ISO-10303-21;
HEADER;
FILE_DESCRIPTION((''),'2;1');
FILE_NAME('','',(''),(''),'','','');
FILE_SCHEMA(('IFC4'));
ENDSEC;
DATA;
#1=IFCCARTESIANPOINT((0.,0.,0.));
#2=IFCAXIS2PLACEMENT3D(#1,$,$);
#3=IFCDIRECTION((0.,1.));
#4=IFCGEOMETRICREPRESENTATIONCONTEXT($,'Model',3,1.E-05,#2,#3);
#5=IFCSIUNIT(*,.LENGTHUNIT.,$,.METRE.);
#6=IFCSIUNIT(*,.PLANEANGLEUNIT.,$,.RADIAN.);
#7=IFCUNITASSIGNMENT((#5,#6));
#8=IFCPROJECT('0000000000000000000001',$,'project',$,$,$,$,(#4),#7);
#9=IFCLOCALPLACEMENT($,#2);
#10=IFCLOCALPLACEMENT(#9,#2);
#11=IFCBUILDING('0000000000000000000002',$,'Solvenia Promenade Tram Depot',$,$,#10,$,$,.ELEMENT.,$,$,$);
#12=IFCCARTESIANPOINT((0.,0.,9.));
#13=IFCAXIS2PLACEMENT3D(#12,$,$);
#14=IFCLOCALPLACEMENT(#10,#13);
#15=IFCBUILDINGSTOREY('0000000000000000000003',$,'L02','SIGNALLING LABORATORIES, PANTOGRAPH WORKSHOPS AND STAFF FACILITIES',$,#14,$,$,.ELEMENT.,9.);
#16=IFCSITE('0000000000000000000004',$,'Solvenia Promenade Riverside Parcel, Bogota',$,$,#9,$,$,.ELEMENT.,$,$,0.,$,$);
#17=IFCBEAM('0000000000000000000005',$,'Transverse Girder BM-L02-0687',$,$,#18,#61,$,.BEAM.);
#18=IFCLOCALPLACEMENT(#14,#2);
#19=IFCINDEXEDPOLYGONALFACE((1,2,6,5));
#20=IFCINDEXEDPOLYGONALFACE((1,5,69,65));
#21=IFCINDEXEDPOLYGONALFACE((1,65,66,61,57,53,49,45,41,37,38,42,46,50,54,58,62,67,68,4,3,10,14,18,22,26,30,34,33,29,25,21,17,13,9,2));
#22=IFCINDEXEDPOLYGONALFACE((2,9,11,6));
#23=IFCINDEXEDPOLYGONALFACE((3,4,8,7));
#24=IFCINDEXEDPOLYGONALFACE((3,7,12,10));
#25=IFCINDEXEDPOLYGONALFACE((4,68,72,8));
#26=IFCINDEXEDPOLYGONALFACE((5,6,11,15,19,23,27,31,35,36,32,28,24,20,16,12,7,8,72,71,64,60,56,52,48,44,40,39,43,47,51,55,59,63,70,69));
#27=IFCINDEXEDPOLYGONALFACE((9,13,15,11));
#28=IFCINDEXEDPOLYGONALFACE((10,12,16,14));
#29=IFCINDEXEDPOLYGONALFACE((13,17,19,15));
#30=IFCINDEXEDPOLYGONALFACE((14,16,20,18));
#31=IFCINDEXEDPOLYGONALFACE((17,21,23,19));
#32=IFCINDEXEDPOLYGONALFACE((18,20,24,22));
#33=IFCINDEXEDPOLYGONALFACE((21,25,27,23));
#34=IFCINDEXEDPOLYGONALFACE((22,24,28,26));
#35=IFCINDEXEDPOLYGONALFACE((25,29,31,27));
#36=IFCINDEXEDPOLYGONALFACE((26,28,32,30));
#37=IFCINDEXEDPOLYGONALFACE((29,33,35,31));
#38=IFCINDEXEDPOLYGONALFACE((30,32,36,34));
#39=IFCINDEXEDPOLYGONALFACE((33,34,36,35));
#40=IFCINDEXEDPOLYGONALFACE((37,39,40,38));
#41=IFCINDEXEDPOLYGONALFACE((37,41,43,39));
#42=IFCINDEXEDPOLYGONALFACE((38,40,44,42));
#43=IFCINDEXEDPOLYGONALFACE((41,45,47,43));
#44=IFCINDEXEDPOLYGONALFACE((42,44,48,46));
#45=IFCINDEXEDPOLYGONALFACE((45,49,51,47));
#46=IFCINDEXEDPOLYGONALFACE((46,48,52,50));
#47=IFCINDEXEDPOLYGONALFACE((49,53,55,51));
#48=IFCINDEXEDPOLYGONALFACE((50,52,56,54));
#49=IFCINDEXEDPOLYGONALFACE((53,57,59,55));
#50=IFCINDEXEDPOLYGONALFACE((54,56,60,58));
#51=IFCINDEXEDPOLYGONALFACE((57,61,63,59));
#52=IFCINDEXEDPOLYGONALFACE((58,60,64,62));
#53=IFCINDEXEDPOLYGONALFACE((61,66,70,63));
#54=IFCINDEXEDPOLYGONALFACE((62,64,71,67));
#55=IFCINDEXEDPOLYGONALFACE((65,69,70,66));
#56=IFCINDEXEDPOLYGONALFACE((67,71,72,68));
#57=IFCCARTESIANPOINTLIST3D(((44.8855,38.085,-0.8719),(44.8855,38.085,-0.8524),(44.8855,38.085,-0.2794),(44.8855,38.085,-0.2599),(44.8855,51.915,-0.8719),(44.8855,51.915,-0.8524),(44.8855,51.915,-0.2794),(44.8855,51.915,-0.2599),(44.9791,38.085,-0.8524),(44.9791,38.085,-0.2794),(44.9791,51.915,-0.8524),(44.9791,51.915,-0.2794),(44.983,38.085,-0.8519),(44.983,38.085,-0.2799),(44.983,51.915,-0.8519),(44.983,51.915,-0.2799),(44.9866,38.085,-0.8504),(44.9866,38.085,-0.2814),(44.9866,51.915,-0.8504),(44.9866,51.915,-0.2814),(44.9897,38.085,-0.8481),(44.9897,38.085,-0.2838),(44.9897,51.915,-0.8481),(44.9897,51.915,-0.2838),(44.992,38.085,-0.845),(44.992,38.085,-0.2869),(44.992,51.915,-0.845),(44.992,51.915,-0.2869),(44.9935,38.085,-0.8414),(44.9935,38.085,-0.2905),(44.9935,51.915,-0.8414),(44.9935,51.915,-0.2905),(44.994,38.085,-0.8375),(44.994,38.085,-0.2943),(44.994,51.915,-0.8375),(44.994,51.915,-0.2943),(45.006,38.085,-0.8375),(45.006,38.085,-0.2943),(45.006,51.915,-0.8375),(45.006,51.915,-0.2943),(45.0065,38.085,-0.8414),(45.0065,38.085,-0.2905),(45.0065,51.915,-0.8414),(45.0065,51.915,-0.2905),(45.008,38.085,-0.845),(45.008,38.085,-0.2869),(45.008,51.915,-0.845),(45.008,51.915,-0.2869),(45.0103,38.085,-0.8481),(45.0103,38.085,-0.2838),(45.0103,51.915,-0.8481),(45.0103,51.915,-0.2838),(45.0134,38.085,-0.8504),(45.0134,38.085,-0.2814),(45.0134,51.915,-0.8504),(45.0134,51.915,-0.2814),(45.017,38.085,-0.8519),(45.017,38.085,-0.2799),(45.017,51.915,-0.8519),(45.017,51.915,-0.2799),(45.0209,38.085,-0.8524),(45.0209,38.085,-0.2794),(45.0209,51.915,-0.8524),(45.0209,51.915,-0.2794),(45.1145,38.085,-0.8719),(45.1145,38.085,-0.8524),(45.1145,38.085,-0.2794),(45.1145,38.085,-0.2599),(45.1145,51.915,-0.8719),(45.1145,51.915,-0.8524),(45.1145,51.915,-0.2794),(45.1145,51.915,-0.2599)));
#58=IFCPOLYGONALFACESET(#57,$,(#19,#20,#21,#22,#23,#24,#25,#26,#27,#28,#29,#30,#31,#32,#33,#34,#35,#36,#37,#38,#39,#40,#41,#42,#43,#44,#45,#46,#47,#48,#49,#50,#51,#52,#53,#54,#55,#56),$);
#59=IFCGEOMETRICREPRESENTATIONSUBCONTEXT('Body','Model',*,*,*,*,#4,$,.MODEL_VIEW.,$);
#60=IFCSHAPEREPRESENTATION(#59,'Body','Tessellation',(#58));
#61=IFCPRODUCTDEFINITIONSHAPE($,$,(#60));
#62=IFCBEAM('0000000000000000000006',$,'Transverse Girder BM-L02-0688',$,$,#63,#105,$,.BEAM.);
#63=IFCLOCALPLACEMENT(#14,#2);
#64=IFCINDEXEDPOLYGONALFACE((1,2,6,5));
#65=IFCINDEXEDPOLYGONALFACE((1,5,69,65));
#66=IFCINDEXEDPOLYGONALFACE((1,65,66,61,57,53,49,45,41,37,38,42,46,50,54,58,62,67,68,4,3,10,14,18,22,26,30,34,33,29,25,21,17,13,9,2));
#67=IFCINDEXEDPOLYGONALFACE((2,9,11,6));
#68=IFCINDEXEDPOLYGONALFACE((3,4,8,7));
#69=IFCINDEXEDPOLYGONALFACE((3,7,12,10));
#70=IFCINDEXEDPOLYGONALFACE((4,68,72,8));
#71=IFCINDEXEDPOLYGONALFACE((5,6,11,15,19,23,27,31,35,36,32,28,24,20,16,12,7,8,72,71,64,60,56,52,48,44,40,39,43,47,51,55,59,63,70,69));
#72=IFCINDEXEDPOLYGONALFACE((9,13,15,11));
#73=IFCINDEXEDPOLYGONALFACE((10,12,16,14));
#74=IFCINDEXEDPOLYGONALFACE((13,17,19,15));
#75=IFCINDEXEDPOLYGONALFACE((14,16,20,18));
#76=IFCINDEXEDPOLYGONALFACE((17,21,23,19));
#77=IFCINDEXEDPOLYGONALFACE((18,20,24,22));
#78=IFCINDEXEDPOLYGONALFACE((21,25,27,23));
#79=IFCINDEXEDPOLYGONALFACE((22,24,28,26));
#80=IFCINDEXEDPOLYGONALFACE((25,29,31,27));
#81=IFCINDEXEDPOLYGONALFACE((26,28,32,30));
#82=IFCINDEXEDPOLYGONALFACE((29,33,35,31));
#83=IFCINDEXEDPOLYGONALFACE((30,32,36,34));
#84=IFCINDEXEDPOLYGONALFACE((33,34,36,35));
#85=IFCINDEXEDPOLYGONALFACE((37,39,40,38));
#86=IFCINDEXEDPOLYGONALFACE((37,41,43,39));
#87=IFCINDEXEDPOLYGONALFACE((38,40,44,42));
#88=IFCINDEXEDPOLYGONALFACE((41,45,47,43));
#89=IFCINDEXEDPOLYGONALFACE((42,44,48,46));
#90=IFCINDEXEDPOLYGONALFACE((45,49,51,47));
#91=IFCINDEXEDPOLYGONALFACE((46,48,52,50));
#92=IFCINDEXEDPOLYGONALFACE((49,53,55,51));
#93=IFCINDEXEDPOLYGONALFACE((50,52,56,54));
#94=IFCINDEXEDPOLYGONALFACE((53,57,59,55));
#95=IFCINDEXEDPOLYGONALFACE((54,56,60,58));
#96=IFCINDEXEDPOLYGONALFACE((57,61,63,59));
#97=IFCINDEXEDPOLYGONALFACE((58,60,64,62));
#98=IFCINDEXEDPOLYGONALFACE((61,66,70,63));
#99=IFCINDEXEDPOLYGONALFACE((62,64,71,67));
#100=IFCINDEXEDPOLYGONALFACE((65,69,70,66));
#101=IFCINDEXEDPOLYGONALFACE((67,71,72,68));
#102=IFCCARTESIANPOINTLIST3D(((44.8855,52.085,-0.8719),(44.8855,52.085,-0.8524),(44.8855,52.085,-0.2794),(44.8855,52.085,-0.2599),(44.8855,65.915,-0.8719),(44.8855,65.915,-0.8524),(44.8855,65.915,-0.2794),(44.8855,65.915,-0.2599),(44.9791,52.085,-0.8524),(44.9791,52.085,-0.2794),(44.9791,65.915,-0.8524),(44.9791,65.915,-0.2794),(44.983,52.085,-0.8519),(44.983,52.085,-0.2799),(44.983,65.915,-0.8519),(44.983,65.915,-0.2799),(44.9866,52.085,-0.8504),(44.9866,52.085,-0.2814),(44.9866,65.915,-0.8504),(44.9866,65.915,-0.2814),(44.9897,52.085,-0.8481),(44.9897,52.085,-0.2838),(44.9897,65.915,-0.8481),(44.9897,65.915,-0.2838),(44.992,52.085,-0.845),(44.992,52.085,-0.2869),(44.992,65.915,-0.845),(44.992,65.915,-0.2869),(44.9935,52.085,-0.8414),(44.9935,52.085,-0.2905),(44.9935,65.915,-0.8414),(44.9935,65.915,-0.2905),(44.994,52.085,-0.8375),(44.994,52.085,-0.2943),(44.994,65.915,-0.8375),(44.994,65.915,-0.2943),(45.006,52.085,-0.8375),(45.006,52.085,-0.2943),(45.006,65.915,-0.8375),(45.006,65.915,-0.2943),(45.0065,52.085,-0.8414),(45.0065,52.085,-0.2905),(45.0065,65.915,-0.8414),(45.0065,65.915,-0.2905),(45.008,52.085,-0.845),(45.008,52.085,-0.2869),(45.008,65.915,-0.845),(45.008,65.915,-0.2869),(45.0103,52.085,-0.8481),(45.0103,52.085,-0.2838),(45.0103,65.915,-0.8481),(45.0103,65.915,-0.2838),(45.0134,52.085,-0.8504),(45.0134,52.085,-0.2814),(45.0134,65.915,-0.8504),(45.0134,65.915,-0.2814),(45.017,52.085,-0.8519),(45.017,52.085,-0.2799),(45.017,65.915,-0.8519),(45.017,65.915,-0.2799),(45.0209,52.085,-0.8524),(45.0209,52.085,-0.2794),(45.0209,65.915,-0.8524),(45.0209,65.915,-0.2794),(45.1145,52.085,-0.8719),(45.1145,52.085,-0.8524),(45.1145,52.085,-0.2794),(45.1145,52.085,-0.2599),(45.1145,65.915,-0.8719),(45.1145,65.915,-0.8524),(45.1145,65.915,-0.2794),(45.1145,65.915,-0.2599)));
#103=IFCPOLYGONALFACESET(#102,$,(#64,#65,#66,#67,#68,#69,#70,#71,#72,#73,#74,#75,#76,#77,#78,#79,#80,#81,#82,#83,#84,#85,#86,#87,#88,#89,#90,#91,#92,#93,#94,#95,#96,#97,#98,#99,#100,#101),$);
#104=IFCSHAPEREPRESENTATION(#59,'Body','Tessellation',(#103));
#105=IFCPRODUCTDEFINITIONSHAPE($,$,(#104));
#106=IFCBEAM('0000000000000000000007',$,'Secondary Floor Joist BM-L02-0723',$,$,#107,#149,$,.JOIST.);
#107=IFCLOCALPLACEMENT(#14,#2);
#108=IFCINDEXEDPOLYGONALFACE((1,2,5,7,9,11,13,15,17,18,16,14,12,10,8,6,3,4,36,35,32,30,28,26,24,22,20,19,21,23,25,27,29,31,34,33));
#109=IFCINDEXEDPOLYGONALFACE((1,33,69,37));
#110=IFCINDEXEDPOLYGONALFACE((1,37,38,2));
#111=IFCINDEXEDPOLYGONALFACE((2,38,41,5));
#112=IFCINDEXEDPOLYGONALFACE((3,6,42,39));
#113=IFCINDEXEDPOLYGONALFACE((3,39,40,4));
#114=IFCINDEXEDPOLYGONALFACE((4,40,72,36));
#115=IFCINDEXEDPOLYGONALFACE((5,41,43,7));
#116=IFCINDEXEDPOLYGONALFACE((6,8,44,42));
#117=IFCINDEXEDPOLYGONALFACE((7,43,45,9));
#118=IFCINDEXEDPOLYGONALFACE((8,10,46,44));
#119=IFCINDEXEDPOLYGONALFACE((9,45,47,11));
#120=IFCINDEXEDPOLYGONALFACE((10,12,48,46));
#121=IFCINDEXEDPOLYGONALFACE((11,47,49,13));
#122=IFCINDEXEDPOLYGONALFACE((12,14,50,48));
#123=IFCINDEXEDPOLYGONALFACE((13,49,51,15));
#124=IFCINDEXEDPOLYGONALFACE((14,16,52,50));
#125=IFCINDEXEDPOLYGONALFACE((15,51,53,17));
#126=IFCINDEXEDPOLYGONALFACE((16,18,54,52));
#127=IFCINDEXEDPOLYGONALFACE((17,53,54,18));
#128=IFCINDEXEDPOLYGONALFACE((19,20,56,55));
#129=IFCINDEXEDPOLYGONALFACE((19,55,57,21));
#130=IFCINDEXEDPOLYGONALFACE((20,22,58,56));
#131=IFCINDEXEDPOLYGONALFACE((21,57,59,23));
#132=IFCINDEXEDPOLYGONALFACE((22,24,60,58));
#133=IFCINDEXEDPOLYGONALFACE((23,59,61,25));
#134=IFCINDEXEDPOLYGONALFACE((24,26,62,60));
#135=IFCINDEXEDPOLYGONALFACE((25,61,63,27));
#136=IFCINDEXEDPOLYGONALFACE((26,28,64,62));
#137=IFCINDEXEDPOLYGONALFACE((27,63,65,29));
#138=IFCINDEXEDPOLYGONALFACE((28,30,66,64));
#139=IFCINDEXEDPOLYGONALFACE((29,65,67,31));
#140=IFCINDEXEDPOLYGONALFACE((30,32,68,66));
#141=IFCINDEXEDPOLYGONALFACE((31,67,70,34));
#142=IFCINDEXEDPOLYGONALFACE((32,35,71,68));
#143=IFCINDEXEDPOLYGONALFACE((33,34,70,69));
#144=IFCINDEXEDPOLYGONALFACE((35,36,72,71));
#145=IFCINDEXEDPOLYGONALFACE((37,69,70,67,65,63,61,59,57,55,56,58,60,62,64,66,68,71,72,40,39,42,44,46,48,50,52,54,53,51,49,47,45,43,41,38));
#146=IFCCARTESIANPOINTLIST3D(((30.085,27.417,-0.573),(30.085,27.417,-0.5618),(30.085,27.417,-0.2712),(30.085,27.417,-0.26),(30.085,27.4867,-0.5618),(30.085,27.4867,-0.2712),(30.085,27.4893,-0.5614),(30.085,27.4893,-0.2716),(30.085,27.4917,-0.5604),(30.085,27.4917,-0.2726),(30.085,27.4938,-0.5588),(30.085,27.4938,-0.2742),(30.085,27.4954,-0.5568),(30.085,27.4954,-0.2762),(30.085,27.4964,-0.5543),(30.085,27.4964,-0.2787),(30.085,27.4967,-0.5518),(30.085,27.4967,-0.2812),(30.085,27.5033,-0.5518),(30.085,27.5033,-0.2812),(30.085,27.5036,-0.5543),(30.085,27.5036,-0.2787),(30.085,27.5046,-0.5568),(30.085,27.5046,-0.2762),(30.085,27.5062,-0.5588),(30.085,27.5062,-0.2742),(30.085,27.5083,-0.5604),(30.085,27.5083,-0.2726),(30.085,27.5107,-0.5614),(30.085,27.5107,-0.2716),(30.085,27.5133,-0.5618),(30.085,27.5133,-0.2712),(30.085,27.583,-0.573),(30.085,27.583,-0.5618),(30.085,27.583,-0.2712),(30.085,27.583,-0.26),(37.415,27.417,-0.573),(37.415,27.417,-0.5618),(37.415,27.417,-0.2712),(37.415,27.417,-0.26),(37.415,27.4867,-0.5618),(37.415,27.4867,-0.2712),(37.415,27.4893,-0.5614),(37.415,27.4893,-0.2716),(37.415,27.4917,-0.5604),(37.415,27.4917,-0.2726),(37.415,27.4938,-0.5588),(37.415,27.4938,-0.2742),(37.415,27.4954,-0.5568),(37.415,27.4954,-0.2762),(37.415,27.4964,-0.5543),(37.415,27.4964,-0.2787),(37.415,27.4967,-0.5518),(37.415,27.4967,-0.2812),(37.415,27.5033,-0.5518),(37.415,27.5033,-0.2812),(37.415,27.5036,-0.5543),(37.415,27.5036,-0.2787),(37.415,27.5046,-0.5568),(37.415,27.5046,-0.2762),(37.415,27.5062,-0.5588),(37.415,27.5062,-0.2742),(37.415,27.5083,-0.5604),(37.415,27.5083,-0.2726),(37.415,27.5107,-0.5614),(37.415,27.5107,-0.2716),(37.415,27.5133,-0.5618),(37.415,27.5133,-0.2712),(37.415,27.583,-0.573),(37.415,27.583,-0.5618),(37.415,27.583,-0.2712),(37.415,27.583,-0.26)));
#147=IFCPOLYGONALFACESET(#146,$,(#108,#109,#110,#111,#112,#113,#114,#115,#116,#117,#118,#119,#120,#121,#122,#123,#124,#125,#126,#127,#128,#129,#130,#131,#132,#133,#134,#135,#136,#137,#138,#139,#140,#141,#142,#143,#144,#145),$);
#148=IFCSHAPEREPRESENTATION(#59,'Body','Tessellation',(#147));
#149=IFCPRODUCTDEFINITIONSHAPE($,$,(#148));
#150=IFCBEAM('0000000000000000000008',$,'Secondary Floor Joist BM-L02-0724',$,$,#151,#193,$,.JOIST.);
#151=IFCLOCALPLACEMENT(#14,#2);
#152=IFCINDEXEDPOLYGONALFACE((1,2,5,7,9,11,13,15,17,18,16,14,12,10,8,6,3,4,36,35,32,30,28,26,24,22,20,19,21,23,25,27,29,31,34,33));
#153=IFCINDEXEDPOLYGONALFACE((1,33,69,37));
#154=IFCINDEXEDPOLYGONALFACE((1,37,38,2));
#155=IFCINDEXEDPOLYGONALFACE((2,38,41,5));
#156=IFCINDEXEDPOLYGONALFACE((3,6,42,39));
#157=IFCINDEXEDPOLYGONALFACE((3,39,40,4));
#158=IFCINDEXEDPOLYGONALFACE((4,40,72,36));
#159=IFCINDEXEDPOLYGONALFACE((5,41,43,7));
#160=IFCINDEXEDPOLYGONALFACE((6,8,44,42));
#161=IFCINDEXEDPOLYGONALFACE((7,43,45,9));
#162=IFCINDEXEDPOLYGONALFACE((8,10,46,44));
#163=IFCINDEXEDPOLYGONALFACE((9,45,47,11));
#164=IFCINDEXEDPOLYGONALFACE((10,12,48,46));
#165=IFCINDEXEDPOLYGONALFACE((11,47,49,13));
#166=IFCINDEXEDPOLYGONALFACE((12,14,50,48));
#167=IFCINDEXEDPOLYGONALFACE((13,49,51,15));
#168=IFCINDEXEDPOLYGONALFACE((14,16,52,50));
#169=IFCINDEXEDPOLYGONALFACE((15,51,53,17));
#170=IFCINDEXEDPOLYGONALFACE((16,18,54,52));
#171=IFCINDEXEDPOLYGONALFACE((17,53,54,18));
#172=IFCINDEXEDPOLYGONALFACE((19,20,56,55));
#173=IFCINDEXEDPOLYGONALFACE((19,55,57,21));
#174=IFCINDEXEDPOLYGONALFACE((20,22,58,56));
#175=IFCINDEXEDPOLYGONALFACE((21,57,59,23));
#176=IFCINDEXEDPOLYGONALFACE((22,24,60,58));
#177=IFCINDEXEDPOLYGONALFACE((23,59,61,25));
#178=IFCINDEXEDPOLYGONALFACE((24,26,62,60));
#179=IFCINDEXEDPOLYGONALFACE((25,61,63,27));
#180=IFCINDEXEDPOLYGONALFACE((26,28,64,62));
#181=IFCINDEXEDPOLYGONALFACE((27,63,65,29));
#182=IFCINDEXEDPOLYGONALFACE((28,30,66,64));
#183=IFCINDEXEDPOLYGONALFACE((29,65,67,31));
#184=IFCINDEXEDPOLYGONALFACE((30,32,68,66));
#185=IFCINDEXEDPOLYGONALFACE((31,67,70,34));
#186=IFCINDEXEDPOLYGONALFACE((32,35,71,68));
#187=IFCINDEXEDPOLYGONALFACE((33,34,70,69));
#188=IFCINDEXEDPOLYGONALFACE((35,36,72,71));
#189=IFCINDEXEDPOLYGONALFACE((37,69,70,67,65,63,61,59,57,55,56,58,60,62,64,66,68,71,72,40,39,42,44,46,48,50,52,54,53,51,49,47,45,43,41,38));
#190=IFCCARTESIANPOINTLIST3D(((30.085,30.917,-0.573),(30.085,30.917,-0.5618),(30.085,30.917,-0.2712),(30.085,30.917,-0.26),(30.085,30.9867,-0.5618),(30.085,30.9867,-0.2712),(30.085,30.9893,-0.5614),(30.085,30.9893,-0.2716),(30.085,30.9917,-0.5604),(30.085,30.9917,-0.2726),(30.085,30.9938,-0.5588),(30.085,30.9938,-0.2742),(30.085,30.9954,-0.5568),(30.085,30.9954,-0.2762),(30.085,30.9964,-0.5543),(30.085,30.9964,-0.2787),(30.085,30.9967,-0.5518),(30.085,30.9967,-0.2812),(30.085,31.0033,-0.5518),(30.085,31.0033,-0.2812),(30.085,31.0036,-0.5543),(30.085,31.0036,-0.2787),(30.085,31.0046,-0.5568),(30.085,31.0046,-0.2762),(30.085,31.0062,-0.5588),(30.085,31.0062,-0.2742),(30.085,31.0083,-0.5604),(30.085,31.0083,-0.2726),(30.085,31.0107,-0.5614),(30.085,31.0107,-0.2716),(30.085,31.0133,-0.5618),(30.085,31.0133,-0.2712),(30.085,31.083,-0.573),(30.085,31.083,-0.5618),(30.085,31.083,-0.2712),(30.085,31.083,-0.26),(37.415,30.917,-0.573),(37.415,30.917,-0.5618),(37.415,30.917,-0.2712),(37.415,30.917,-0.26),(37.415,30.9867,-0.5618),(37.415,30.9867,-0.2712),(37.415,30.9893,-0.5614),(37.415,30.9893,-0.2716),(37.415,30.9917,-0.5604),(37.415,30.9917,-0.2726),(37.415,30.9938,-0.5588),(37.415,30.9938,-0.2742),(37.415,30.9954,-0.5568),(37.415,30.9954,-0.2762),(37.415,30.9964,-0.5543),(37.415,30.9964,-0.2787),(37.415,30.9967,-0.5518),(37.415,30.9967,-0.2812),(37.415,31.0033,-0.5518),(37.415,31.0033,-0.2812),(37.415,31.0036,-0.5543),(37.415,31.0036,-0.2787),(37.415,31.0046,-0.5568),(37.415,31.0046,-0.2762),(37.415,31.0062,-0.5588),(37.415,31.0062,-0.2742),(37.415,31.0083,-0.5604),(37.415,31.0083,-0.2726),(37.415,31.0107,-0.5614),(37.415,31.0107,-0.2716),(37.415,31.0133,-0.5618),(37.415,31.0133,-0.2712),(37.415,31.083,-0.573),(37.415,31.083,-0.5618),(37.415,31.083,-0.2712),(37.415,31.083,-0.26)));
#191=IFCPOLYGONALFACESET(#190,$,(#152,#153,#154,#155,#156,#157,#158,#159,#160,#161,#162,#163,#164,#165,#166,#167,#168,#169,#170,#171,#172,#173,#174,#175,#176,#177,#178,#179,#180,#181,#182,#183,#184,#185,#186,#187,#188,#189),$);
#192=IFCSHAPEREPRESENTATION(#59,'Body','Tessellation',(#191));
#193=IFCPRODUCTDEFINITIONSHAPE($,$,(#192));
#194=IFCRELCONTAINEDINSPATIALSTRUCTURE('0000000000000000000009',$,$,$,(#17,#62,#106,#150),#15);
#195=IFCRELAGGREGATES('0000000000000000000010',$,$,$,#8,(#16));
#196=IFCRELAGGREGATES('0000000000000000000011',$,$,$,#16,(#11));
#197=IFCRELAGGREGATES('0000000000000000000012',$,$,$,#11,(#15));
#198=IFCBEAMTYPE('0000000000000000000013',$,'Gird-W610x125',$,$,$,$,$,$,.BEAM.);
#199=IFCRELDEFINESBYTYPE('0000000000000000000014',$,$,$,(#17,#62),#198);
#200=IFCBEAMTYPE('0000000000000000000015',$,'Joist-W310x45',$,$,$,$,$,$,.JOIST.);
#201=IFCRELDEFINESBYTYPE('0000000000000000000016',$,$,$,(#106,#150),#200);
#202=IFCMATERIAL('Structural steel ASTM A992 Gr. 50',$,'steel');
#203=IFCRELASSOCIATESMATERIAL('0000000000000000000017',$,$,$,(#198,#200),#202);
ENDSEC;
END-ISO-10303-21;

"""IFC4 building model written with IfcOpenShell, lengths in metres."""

from ifc_helpers import new_model, si_unit, direction, frame, origin, origin_2d, place, context, subcontext, project, spatial, i_section, extrude, material, material_profile, profile_set, type_object, element, save


model = new_model("IFC4")

# Units and contexts
model_context = context("Model", 3, precision=1e-05, world=origin(), true_north=direction((0.0, 1.0)))
body_context = subcontext(model_context, "Body", "Model", "MODEL_VIEW")
ifc_project = project(units=[si_unit("LENGTHUNIT", "METRE"), si_unit("PLANEANGLEUNIT", "RADIAN")], contexts=[model_context])

# Site, building, storey
site_placement = place(None, origin())
site = spatial("IfcSite", under=ifc_project, at=site_placement, Name="Solvenia Promenade Riverside Parcel, Bogota", CompositionType="ELEMENT", RefElevation=0.0)
building_placement = place(site_placement, origin())
building = spatial("IfcBuilding", under=site, at=building_placement, Name="Solvenia Promenade Tram Depot", CompositionType="ELEMENT")
storey_placement = place(building_placement, frame((0.0, 0.0, 9.0)))
storey = spatial("IfcBuildingStorey", under=building, at=storey_placement, Name="L02", Description="SIGNALLING LABORATORIES, PANTOGRAPH WORKSHOPS AND STAFF FACILITIES", CompositionType="ELEMENT", Elevation=9.0)

# Beams
ifc_material_1 = material(Name="Structural steel ASTM A992 Gr. 50", Category="steel")
ifc_material_profile_1 = material_profile(ifc_material_1, i_section(OverallWidth=0.229, OverallDepth=0.6121, WebThickness=0.012, FlangeThickness=0.0195, FilletRadius=0.0149, at=origin_2d()), Name="W610x125", Category="steel")
ifc_profile_set_1 = profile_set([ifc_material_profile_1], Name="Structural steel ASTM A992 Gr. 50")
beam_type_1 = type_object("IfcBeamType", Name="Gird-W610x125", PredefinedType="BEAM", material=ifc_profile_set_1)
for number, where, z_axis, x_axis, name in (
    (1, (45.0, 38.085, -0.5659), (0.0, 1.0, 0.0), (-1.0, 0.0, 0.0), "Transverse Girder BM-L02-0687"),
    (2, (45.0, 52.085, -0.5659), (0.0, 1.0, 0.0), (-1.0, 0.0, 0.0), "Transverse Girder BM-L02-0688"),
):
    element("IfcBeam", number, at=place(storey_placement, frame(where, z_axis=z_axis, x_axis=x_axis)), inside=storey, type_object=beam_type_1, Name=name, PredefinedType="BEAM", context=body_context, shape_type="SweptSolid", body=[
        extrude(i_section(OverallWidth=0.229, OverallDepth=0.6121, WebThickness=0.012, FlangeThickness=0.0195, FilletRadius=0.0149, at=origin_2d()), origin(), (0.0, 0.0, 1.0), 13.8301),
    ])
ifc_material_profile_2 = material_profile(ifc_material_1, i_section(OverallWidth=0.166, OverallDepth=0.313, WebThickness=0.0066, FlangeThickness=0.0112, FilletRadius=0.01, at=origin_2d()), Name="W310x45", Category="steel")
ifc_profile_set_2 = profile_set([ifc_material_profile_2], Name="Structural steel ASTM A992 Gr. 50")
beam_type_2 = type_object("IfcBeamType", Name="Joist-W310x45", PredefinedType="JOIST", material=ifc_profile_set_2)
for number, where, z_axis, x_axis, name in (
    (3, (30.085, 27.5, -0.4165), (1.0, 0.0, 0.0), (0.0, 1.0, 0.0), "Secondary Floor Joist BM-L02-0723"),
    (4, (30.085, 31.0, -0.4165), (1.0, 0.0, 0.0), (0.0, 1.0, 0.0), "Secondary Floor Joist BM-L02-0724"),
):
    element("IfcBeam", number, at=place(storey_placement, frame(where, z_axis=z_axis, x_axis=x_axis)), inside=storey, type_object=beam_type_2, Name=name, PredefinedType="JOIST", context=body_context, shape_type="SweptSolid", body=[
        extrude(i_section(OverallWidth=0.166, OverallDepth=0.313, WebThickness=0.0066, FlangeThickness=0.0112, FilletRadius=0.01, at=origin_2d()), origin(), (0.0, 0.0, 1.0), 7.3301),
    ])

save(model, "model.ifc")
